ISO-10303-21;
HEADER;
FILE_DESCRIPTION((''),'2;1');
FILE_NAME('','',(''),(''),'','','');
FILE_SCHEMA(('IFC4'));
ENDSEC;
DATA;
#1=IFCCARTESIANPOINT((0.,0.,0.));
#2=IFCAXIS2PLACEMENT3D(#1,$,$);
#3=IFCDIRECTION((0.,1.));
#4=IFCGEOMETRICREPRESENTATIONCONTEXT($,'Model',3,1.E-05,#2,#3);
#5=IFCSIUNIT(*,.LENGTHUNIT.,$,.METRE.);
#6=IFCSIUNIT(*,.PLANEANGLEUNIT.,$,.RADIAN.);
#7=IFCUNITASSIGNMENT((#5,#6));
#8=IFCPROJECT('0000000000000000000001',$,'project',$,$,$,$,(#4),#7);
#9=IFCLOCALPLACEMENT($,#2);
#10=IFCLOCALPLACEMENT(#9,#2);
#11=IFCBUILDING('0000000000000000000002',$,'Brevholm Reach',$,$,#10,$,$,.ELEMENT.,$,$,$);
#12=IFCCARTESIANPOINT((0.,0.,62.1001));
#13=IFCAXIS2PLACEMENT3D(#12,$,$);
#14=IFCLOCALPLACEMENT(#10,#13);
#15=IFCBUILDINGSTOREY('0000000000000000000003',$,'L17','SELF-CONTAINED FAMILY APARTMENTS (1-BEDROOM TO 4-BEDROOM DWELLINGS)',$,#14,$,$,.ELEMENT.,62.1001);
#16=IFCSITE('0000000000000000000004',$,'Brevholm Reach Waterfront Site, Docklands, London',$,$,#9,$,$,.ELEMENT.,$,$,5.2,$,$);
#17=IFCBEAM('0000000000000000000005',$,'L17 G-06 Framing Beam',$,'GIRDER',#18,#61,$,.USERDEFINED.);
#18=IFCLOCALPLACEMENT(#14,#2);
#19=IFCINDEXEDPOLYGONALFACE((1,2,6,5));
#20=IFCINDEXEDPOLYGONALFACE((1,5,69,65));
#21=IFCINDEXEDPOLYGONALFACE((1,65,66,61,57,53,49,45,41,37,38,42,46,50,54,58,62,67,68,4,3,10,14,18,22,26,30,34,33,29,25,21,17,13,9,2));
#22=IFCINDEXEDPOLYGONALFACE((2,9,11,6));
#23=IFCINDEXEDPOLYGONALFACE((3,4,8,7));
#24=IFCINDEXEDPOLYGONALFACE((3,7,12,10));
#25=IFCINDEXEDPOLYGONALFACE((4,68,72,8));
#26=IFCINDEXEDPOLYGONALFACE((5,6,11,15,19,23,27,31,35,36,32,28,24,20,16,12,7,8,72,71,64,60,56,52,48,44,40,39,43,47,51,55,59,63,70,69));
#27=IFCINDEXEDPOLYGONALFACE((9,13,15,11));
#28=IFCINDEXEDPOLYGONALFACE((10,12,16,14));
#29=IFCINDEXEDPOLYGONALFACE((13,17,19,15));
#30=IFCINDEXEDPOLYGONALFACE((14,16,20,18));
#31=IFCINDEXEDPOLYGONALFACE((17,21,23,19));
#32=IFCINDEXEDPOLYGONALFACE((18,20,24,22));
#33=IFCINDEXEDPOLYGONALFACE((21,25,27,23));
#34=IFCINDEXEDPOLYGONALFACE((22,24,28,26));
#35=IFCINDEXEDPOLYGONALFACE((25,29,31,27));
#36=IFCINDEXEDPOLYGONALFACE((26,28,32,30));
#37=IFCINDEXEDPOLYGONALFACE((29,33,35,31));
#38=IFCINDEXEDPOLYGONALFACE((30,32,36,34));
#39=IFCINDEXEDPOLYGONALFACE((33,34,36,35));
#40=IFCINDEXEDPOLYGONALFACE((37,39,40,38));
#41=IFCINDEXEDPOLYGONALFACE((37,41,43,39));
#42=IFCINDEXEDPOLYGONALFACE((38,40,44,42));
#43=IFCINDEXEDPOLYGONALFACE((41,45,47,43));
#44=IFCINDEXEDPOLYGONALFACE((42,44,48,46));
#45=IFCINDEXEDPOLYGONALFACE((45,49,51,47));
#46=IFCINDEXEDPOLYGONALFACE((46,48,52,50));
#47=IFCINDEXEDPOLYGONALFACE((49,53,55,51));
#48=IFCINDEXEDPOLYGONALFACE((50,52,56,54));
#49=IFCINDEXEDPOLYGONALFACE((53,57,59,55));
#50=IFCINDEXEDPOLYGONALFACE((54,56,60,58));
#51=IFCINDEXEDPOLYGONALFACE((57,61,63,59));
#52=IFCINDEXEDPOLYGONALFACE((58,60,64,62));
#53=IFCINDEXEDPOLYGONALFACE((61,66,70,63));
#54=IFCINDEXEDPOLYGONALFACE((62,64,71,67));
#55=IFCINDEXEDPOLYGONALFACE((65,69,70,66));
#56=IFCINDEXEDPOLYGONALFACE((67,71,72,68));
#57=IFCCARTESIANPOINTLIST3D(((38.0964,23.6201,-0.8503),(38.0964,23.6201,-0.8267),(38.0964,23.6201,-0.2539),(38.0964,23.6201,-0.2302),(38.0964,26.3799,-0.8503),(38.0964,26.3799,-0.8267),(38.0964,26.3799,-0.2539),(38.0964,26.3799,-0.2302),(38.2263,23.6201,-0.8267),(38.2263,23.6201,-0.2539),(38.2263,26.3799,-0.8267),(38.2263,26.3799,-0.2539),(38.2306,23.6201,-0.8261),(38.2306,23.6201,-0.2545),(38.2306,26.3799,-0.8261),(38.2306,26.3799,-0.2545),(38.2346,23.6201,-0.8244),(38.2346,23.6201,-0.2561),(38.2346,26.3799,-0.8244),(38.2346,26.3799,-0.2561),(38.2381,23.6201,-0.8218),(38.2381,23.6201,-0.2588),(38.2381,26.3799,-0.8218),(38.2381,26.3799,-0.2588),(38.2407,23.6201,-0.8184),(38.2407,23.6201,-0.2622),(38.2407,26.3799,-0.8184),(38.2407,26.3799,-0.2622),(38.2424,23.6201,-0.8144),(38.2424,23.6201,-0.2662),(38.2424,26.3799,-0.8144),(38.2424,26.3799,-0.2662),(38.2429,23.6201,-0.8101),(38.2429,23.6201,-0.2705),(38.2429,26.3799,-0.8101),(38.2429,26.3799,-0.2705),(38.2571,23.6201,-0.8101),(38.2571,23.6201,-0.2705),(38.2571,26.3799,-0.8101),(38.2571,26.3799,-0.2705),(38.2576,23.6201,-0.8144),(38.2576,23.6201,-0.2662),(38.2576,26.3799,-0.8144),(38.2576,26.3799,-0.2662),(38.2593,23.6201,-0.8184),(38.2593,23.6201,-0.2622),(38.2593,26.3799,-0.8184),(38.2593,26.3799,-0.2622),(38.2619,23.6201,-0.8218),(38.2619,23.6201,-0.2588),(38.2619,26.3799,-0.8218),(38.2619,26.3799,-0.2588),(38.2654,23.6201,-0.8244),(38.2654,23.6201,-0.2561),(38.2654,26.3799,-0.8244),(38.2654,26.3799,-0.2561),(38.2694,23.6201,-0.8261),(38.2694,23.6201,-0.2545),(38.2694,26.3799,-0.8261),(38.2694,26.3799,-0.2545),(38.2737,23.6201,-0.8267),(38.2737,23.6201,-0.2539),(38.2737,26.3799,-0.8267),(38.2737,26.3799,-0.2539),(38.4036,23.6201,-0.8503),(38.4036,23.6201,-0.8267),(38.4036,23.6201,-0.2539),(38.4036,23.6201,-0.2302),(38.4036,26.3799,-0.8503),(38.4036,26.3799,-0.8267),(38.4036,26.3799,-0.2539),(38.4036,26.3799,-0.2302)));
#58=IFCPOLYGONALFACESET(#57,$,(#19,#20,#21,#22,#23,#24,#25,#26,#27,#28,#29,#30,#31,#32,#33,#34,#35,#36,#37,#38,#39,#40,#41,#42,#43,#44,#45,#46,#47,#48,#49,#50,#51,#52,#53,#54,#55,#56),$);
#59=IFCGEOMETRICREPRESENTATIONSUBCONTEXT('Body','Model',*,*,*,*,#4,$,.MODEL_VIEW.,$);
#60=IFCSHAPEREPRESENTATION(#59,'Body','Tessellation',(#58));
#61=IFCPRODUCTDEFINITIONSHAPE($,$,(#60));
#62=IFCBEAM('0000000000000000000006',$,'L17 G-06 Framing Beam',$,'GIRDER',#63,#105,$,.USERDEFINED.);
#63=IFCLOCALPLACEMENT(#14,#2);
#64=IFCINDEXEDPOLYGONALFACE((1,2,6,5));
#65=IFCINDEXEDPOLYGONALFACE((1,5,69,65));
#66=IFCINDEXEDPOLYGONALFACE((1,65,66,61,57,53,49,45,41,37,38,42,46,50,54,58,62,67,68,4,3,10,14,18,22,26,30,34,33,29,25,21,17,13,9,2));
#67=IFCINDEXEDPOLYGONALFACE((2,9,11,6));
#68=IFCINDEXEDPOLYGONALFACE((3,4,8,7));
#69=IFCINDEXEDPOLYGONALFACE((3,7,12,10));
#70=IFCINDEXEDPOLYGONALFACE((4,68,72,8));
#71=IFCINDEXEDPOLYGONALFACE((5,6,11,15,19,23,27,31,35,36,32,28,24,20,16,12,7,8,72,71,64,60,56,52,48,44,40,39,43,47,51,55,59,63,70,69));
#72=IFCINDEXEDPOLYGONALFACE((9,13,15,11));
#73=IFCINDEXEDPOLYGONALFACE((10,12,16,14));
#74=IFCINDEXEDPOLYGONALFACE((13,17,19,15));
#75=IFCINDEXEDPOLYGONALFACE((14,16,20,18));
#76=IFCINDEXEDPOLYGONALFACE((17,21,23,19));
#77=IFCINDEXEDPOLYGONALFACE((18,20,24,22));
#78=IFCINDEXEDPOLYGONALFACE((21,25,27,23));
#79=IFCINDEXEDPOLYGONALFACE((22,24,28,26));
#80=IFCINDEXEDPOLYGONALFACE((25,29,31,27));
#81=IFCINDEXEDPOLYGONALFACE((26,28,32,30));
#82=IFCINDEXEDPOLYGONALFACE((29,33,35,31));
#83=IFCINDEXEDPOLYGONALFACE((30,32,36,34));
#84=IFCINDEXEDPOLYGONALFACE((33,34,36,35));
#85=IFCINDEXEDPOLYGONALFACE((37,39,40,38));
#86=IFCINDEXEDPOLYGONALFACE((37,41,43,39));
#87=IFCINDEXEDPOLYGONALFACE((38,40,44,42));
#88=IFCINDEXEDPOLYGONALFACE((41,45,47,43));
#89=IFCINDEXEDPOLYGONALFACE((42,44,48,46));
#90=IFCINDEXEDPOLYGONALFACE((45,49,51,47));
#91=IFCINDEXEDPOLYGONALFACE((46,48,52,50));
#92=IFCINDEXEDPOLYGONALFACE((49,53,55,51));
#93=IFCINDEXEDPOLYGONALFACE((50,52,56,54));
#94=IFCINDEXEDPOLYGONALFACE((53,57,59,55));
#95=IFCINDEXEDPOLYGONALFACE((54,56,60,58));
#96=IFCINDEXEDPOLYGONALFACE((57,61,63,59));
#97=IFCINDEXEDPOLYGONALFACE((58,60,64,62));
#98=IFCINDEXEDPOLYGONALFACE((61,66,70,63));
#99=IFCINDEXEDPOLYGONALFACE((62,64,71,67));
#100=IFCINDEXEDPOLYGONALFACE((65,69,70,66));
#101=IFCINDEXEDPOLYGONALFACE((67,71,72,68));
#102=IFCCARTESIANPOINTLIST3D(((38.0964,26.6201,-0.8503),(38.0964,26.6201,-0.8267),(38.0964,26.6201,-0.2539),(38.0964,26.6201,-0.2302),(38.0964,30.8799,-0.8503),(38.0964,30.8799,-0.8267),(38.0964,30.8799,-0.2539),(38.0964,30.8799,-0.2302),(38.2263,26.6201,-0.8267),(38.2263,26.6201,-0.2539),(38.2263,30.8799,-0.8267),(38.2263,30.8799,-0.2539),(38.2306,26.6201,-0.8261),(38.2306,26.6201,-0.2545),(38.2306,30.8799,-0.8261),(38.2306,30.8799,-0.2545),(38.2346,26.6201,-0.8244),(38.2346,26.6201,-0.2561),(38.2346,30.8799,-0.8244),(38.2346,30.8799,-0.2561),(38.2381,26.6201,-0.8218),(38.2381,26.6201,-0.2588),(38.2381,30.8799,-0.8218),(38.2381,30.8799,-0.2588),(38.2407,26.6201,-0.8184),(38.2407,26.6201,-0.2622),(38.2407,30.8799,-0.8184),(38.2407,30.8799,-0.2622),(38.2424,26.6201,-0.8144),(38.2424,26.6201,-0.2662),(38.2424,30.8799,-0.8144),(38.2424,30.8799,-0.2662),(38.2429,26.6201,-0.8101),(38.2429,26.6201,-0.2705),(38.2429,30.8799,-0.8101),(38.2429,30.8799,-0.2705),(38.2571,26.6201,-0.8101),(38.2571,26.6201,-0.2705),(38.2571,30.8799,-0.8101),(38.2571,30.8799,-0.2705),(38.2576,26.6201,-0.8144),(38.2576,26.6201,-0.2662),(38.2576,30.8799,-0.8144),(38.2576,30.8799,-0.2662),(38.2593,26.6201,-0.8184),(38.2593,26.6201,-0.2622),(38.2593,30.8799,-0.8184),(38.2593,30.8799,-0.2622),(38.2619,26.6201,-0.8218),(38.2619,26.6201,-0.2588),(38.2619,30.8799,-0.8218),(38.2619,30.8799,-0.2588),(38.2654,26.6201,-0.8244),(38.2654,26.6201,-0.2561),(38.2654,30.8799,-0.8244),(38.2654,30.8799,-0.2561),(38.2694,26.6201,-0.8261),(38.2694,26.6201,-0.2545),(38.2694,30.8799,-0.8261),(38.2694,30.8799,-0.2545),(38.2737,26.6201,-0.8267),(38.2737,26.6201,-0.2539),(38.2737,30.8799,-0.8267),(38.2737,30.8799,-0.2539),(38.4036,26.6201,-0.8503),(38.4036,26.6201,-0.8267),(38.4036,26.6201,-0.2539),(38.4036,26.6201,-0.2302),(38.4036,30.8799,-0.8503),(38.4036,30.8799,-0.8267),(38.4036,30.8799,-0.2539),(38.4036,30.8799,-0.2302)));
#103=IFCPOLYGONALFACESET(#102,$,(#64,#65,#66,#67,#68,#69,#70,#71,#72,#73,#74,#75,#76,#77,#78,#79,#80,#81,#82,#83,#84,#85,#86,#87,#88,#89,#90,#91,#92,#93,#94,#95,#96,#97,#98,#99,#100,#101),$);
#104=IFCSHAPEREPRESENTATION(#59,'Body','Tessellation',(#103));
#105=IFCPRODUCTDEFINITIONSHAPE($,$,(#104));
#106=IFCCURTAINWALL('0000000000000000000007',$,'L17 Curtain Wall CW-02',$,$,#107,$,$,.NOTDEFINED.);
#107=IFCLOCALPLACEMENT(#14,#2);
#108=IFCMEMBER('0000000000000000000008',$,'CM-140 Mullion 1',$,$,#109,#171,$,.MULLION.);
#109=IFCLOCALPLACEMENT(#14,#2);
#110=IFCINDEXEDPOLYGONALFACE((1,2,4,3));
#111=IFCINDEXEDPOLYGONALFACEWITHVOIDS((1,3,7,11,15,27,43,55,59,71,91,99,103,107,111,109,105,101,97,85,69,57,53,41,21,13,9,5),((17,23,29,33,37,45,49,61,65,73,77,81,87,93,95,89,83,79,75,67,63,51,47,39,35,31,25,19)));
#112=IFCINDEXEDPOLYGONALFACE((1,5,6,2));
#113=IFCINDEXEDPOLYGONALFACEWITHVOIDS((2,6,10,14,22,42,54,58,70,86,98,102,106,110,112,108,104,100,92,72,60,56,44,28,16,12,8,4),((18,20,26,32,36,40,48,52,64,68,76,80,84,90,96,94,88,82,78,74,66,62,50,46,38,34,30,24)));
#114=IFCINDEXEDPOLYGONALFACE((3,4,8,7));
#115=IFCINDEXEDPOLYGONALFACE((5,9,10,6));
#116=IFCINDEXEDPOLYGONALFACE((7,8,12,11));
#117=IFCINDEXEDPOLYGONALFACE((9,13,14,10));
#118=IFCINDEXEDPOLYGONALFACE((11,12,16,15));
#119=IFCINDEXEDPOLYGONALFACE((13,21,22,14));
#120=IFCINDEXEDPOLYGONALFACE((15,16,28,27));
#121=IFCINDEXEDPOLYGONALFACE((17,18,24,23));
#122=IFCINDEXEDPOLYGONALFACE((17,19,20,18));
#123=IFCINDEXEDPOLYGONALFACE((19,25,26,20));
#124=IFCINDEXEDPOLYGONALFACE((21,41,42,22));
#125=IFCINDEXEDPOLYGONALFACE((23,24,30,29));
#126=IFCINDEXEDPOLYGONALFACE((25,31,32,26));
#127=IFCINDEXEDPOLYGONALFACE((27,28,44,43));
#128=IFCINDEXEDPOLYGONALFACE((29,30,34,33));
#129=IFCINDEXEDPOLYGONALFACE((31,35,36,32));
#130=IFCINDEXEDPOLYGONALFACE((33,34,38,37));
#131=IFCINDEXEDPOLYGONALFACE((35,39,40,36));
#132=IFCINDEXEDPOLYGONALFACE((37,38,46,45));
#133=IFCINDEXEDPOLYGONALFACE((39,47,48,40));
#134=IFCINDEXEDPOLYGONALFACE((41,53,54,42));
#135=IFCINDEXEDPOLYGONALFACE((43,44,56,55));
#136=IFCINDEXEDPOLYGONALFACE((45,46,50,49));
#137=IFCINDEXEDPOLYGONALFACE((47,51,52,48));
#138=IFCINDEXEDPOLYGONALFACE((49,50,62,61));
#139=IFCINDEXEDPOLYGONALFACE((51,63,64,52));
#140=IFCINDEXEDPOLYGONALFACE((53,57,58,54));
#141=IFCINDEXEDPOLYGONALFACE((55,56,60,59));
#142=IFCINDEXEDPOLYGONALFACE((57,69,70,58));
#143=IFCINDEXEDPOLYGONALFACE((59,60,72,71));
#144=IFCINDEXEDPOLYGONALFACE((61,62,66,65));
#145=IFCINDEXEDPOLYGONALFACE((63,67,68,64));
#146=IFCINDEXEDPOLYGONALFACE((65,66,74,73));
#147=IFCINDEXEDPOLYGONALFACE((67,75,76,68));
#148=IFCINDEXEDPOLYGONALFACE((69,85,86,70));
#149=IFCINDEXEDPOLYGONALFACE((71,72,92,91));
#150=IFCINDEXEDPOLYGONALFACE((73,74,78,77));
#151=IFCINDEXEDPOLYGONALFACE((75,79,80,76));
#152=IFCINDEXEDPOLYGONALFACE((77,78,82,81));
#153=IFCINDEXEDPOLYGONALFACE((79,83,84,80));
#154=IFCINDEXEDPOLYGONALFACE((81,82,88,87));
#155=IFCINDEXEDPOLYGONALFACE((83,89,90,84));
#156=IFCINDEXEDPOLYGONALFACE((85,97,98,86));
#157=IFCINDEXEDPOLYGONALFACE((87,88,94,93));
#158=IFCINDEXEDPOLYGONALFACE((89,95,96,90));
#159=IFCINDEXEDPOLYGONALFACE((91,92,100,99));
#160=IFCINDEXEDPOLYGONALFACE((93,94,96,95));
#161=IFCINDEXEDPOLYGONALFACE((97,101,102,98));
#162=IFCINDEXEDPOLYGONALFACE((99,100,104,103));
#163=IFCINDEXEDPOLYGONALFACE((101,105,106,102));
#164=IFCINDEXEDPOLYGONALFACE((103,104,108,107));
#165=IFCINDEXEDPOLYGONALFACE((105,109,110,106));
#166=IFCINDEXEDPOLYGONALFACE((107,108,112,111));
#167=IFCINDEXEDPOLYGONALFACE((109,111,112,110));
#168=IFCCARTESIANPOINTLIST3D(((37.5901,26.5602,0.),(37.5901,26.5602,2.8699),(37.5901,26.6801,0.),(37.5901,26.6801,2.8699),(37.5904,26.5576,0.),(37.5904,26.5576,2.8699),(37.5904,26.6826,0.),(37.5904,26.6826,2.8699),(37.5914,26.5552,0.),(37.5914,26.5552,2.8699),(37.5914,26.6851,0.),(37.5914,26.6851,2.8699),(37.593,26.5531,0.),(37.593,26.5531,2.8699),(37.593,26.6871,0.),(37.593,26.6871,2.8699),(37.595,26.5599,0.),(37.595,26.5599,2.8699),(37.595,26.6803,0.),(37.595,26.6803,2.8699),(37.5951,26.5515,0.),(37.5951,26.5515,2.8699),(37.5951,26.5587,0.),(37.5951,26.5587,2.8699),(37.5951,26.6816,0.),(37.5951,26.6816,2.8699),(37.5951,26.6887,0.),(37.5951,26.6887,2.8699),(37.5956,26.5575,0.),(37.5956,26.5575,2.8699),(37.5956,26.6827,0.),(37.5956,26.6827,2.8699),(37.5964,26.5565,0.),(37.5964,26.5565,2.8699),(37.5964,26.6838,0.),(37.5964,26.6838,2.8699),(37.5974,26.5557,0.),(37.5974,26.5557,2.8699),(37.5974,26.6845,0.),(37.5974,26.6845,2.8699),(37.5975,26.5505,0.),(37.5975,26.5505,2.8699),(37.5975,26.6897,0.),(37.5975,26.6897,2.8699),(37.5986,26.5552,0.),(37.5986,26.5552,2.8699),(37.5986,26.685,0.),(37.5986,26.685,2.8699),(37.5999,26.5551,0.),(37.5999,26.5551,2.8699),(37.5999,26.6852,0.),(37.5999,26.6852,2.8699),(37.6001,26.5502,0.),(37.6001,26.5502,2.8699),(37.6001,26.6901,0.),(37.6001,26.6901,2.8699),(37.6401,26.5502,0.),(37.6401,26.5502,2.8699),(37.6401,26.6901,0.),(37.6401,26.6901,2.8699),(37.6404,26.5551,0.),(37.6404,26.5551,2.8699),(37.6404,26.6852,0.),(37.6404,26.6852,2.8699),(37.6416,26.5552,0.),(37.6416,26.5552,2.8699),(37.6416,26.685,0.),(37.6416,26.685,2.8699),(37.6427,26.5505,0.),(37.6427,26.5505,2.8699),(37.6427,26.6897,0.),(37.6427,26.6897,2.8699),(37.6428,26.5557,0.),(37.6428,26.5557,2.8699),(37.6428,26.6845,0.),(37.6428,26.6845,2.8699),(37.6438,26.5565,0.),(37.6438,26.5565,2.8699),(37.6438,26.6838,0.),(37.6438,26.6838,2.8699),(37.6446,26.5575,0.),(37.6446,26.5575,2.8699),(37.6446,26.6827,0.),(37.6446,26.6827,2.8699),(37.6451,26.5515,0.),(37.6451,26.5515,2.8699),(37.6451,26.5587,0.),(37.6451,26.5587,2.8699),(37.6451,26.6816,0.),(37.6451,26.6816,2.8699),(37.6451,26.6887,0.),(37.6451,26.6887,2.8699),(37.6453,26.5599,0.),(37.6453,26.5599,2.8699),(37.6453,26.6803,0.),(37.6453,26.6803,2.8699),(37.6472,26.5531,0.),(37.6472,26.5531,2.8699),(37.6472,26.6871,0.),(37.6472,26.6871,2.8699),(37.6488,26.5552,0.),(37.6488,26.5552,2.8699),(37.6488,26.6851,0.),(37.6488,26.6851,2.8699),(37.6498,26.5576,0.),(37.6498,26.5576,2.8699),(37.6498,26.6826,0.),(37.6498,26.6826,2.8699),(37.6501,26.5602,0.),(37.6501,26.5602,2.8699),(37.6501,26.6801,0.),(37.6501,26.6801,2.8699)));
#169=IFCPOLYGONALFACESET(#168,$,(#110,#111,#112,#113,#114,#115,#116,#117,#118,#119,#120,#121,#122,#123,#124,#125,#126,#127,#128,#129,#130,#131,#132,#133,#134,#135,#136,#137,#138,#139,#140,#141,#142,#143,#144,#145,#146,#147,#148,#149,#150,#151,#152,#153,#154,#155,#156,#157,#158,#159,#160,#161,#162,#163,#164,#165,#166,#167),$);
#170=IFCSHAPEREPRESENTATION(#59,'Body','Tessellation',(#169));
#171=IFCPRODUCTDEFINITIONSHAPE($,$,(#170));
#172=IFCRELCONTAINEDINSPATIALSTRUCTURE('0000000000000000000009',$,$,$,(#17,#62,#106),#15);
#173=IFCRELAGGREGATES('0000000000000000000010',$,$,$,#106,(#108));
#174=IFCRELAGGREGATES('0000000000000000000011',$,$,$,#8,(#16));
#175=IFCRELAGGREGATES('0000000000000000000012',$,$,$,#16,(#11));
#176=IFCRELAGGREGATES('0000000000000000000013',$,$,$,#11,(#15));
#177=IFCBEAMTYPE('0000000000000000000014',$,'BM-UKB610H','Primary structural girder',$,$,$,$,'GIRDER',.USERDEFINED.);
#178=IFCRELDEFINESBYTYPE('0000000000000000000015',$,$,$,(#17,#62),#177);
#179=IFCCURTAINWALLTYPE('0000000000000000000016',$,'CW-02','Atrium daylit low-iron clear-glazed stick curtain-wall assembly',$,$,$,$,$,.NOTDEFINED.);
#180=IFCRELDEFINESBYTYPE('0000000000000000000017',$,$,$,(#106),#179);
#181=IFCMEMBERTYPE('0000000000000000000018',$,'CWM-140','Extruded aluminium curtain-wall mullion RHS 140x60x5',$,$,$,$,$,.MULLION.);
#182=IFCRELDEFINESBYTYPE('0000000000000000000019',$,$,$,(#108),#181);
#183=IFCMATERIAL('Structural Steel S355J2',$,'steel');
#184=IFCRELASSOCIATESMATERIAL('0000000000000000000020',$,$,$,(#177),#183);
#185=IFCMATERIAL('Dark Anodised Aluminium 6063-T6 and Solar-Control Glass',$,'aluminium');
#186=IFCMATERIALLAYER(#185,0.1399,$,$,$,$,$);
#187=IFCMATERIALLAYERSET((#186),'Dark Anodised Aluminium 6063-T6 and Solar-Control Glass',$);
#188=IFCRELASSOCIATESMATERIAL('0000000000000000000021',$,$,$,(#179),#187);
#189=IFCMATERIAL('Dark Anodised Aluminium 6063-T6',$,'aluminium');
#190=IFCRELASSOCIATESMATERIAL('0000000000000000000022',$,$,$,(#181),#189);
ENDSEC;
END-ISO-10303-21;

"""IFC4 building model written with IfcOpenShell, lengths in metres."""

from ifc_helpers import new_model, si_unit, direction, frame, origin, origin_2d, place, context, subcontext, project, spatial, hollow_rectangle, i_section, extrude, material, layer, layer_set, material_profile, profile_set, type_object, element, aggregate, save


model = new_model("IFC4")

# Units and contexts
model_context = context("Model", 3, precision=1e-05, world=origin(), true_north=direction((0.0, 1.0)))
body_context = subcontext(model_context, "Body", "Model", "MODEL_VIEW")
ifc_project = project(units=[si_unit("LENGTHUNIT", "METRE"), si_unit("PLANEANGLEUNIT", "RADIAN")], contexts=[model_context])

# Site, building, storey
site_placement = place(None, origin())
site = spatial("IfcSite", under=ifc_project, at=site_placement, Name="Brevholm Reach Waterfront Site, Docklands, London", CompositionType="ELEMENT", RefElevation=5.2)
building_placement = place(site_placement, origin())
building = spatial("IfcBuilding", under=site, at=building_placement, Name="Brevholm Reach", CompositionType="ELEMENT")
storey_placement = place(building_placement, frame((0.0, 0.0, 62.1001)))
storey = spatial("IfcBuildingStorey", under=building, at=storey_placement, Name="L17", Description="SELF-CONTAINED FAMILY APARTMENTS (1-BEDROOM TO 4-BEDROOM DWELLINGS)", CompositionType="ELEMENT", Elevation=62.1001)

# Beams
ifc_material_1 = material(Name="Structural Steel S355J2", Category="steel")
ifc_material_profile_1 = material_profile(ifc_material_1, i_section(OverallWidth=0.3071, OverallDepth=0.6201, WebThickness=0.0142, FlangeThickness=0.0237, FilletRadius=0.0166, at=origin_2d()), Name="UKB 610x305x179")
ifc_profile_set_1 = profile_set([ifc_material_profile_1], Name="Structural Steel S355J2")
beam_type_1 = type_object("IfcBeamType", Name="BM-UKB610H", Description="Primary structural girder", ElementType="GIRDER", PredefinedType="USERDEFINED", material=ifc_profile_set_1)
beam_1_placement = place(storey_placement, frame((38.25, 23.6201, -0.5403), z_axis=(0.0, 1.0, 0.0), x_axis=(-1.0, 0.0, 0.0)))
element("IfcBeam", 1, at=beam_1_placement, inside=storey, type_object=beam_type_1, Name="L17 G-06 Framing Beam", ObjectType="GIRDER", PredefinedType="USERDEFINED", context=body_context, shape_type="SweptSolid", body=[
    extrude(i_section(OverallWidth=0.3071, OverallDepth=0.6201, WebThickness=0.0142, FlangeThickness=0.0237, FilletRadius=0.0166, at=origin_2d()), origin(), (0.0, 0.0, 1.0), 2.7598),
])
beam_2_placement = place(storey_placement, frame((38.25, 26.6201, -0.5403), z_axis=(0.0, 1.0, 0.0), x_axis=(-1.0, 0.0, 0.0)))
element("IfcBeam", 2, at=beam_2_placement, inside=storey, type_object=beam_type_1, Name="L17 G-06 Framing Beam", ObjectType="GIRDER", PredefinedType="USERDEFINED", context=body_context, shape_type="SweptSolid", body=[
    extrude(i_section(OverallWidth=0.3071, OverallDepth=0.6201, WebThickness=0.0142, FlangeThickness=0.0237, FilletRadius=0.0166, at=origin_2d()), origin(), (0.0, 0.0, 1.0), 4.2598),
])

# Curtain wall, member
ifc_material_2 = material(Name="Dark Anodised Aluminium 6063-T6 and Solar-Control Glass", Category="aluminium")
ifc_layer_1 = layer(ifc_material_2, 0.1399)
ifc_layer_set_1 = layer_set([ifc_layer_1], Name="Dark Anodised Aluminium 6063-T6 and Solar-Control Glass")
curtain_wall_type_1 = type_object("IfcCurtainWallType", Name="CW-02", Description="Atrium daylit low-iron clear-glazed stick curtain-wall assembly", PredefinedType="NOTDEFINED", material=ifc_layer_set_1)
curtain_wall_1_placement = place(storey_placement, origin())
curtain_wall_1 = element("IfcCurtainWall", 3, at=curtain_wall_1_placement, inside=storey, type_object=curtain_wall_type_1, Name="L17 Curtain Wall CW-02", PredefinedType="NOTDEFINED")
ifc_material_3 = material(Name="Dark Anodised Aluminium 6063-T6", Category="aluminium")
ifc_material_profile_2 = material_profile(ifc_material_3, hollow_rectangle(XDim=0.0601, YDim=0.1399, WallThickness=0.0049, InnerFilletRadius=0.0049, OuterFilletRadius=0.01, at=origin_2d()), Name="RHS 140x60x5")
ifc_profile_set_2 = profile_set([ifc_material_profile_2], Name="Dark Anodised Aluminium 6063-T6")
member_type_1 = type_object("IfcMemberType", Name="CWM-140", Description="Extruded aluminium curtain-wall mullion RHS 140x60x5", PredefinedType="MULLION", material=ifc_profile_set_2)
member_1_placement = place(storey_placement, frame((37.6201, 26.6201, 0.0), z_axis=(0.0, 0.0, 1.0), x_axis=(-1.0, 0.0, 0.0)))
member_1 = element("IfcMember", 4, at=member_1_placement, type_object=member_type_1, Name="CM-140 Mullion 1", PredefinedType="MULLION", context=body_context, shape_type="SweptSolid", body=[
    extrude(hollow_rectangle(XDim=0.0601, YDim=0.1399, WallThickness=0.0049, InnerFilletRadius=0.0049, OuterFilletRadius=0.01, at=origin_2d()), origin(), (0.0, 0.0, 1.0), 2.8699),
])

aggregate(curtain_wall_1, [member_1])

save(model, "model.ifc")
